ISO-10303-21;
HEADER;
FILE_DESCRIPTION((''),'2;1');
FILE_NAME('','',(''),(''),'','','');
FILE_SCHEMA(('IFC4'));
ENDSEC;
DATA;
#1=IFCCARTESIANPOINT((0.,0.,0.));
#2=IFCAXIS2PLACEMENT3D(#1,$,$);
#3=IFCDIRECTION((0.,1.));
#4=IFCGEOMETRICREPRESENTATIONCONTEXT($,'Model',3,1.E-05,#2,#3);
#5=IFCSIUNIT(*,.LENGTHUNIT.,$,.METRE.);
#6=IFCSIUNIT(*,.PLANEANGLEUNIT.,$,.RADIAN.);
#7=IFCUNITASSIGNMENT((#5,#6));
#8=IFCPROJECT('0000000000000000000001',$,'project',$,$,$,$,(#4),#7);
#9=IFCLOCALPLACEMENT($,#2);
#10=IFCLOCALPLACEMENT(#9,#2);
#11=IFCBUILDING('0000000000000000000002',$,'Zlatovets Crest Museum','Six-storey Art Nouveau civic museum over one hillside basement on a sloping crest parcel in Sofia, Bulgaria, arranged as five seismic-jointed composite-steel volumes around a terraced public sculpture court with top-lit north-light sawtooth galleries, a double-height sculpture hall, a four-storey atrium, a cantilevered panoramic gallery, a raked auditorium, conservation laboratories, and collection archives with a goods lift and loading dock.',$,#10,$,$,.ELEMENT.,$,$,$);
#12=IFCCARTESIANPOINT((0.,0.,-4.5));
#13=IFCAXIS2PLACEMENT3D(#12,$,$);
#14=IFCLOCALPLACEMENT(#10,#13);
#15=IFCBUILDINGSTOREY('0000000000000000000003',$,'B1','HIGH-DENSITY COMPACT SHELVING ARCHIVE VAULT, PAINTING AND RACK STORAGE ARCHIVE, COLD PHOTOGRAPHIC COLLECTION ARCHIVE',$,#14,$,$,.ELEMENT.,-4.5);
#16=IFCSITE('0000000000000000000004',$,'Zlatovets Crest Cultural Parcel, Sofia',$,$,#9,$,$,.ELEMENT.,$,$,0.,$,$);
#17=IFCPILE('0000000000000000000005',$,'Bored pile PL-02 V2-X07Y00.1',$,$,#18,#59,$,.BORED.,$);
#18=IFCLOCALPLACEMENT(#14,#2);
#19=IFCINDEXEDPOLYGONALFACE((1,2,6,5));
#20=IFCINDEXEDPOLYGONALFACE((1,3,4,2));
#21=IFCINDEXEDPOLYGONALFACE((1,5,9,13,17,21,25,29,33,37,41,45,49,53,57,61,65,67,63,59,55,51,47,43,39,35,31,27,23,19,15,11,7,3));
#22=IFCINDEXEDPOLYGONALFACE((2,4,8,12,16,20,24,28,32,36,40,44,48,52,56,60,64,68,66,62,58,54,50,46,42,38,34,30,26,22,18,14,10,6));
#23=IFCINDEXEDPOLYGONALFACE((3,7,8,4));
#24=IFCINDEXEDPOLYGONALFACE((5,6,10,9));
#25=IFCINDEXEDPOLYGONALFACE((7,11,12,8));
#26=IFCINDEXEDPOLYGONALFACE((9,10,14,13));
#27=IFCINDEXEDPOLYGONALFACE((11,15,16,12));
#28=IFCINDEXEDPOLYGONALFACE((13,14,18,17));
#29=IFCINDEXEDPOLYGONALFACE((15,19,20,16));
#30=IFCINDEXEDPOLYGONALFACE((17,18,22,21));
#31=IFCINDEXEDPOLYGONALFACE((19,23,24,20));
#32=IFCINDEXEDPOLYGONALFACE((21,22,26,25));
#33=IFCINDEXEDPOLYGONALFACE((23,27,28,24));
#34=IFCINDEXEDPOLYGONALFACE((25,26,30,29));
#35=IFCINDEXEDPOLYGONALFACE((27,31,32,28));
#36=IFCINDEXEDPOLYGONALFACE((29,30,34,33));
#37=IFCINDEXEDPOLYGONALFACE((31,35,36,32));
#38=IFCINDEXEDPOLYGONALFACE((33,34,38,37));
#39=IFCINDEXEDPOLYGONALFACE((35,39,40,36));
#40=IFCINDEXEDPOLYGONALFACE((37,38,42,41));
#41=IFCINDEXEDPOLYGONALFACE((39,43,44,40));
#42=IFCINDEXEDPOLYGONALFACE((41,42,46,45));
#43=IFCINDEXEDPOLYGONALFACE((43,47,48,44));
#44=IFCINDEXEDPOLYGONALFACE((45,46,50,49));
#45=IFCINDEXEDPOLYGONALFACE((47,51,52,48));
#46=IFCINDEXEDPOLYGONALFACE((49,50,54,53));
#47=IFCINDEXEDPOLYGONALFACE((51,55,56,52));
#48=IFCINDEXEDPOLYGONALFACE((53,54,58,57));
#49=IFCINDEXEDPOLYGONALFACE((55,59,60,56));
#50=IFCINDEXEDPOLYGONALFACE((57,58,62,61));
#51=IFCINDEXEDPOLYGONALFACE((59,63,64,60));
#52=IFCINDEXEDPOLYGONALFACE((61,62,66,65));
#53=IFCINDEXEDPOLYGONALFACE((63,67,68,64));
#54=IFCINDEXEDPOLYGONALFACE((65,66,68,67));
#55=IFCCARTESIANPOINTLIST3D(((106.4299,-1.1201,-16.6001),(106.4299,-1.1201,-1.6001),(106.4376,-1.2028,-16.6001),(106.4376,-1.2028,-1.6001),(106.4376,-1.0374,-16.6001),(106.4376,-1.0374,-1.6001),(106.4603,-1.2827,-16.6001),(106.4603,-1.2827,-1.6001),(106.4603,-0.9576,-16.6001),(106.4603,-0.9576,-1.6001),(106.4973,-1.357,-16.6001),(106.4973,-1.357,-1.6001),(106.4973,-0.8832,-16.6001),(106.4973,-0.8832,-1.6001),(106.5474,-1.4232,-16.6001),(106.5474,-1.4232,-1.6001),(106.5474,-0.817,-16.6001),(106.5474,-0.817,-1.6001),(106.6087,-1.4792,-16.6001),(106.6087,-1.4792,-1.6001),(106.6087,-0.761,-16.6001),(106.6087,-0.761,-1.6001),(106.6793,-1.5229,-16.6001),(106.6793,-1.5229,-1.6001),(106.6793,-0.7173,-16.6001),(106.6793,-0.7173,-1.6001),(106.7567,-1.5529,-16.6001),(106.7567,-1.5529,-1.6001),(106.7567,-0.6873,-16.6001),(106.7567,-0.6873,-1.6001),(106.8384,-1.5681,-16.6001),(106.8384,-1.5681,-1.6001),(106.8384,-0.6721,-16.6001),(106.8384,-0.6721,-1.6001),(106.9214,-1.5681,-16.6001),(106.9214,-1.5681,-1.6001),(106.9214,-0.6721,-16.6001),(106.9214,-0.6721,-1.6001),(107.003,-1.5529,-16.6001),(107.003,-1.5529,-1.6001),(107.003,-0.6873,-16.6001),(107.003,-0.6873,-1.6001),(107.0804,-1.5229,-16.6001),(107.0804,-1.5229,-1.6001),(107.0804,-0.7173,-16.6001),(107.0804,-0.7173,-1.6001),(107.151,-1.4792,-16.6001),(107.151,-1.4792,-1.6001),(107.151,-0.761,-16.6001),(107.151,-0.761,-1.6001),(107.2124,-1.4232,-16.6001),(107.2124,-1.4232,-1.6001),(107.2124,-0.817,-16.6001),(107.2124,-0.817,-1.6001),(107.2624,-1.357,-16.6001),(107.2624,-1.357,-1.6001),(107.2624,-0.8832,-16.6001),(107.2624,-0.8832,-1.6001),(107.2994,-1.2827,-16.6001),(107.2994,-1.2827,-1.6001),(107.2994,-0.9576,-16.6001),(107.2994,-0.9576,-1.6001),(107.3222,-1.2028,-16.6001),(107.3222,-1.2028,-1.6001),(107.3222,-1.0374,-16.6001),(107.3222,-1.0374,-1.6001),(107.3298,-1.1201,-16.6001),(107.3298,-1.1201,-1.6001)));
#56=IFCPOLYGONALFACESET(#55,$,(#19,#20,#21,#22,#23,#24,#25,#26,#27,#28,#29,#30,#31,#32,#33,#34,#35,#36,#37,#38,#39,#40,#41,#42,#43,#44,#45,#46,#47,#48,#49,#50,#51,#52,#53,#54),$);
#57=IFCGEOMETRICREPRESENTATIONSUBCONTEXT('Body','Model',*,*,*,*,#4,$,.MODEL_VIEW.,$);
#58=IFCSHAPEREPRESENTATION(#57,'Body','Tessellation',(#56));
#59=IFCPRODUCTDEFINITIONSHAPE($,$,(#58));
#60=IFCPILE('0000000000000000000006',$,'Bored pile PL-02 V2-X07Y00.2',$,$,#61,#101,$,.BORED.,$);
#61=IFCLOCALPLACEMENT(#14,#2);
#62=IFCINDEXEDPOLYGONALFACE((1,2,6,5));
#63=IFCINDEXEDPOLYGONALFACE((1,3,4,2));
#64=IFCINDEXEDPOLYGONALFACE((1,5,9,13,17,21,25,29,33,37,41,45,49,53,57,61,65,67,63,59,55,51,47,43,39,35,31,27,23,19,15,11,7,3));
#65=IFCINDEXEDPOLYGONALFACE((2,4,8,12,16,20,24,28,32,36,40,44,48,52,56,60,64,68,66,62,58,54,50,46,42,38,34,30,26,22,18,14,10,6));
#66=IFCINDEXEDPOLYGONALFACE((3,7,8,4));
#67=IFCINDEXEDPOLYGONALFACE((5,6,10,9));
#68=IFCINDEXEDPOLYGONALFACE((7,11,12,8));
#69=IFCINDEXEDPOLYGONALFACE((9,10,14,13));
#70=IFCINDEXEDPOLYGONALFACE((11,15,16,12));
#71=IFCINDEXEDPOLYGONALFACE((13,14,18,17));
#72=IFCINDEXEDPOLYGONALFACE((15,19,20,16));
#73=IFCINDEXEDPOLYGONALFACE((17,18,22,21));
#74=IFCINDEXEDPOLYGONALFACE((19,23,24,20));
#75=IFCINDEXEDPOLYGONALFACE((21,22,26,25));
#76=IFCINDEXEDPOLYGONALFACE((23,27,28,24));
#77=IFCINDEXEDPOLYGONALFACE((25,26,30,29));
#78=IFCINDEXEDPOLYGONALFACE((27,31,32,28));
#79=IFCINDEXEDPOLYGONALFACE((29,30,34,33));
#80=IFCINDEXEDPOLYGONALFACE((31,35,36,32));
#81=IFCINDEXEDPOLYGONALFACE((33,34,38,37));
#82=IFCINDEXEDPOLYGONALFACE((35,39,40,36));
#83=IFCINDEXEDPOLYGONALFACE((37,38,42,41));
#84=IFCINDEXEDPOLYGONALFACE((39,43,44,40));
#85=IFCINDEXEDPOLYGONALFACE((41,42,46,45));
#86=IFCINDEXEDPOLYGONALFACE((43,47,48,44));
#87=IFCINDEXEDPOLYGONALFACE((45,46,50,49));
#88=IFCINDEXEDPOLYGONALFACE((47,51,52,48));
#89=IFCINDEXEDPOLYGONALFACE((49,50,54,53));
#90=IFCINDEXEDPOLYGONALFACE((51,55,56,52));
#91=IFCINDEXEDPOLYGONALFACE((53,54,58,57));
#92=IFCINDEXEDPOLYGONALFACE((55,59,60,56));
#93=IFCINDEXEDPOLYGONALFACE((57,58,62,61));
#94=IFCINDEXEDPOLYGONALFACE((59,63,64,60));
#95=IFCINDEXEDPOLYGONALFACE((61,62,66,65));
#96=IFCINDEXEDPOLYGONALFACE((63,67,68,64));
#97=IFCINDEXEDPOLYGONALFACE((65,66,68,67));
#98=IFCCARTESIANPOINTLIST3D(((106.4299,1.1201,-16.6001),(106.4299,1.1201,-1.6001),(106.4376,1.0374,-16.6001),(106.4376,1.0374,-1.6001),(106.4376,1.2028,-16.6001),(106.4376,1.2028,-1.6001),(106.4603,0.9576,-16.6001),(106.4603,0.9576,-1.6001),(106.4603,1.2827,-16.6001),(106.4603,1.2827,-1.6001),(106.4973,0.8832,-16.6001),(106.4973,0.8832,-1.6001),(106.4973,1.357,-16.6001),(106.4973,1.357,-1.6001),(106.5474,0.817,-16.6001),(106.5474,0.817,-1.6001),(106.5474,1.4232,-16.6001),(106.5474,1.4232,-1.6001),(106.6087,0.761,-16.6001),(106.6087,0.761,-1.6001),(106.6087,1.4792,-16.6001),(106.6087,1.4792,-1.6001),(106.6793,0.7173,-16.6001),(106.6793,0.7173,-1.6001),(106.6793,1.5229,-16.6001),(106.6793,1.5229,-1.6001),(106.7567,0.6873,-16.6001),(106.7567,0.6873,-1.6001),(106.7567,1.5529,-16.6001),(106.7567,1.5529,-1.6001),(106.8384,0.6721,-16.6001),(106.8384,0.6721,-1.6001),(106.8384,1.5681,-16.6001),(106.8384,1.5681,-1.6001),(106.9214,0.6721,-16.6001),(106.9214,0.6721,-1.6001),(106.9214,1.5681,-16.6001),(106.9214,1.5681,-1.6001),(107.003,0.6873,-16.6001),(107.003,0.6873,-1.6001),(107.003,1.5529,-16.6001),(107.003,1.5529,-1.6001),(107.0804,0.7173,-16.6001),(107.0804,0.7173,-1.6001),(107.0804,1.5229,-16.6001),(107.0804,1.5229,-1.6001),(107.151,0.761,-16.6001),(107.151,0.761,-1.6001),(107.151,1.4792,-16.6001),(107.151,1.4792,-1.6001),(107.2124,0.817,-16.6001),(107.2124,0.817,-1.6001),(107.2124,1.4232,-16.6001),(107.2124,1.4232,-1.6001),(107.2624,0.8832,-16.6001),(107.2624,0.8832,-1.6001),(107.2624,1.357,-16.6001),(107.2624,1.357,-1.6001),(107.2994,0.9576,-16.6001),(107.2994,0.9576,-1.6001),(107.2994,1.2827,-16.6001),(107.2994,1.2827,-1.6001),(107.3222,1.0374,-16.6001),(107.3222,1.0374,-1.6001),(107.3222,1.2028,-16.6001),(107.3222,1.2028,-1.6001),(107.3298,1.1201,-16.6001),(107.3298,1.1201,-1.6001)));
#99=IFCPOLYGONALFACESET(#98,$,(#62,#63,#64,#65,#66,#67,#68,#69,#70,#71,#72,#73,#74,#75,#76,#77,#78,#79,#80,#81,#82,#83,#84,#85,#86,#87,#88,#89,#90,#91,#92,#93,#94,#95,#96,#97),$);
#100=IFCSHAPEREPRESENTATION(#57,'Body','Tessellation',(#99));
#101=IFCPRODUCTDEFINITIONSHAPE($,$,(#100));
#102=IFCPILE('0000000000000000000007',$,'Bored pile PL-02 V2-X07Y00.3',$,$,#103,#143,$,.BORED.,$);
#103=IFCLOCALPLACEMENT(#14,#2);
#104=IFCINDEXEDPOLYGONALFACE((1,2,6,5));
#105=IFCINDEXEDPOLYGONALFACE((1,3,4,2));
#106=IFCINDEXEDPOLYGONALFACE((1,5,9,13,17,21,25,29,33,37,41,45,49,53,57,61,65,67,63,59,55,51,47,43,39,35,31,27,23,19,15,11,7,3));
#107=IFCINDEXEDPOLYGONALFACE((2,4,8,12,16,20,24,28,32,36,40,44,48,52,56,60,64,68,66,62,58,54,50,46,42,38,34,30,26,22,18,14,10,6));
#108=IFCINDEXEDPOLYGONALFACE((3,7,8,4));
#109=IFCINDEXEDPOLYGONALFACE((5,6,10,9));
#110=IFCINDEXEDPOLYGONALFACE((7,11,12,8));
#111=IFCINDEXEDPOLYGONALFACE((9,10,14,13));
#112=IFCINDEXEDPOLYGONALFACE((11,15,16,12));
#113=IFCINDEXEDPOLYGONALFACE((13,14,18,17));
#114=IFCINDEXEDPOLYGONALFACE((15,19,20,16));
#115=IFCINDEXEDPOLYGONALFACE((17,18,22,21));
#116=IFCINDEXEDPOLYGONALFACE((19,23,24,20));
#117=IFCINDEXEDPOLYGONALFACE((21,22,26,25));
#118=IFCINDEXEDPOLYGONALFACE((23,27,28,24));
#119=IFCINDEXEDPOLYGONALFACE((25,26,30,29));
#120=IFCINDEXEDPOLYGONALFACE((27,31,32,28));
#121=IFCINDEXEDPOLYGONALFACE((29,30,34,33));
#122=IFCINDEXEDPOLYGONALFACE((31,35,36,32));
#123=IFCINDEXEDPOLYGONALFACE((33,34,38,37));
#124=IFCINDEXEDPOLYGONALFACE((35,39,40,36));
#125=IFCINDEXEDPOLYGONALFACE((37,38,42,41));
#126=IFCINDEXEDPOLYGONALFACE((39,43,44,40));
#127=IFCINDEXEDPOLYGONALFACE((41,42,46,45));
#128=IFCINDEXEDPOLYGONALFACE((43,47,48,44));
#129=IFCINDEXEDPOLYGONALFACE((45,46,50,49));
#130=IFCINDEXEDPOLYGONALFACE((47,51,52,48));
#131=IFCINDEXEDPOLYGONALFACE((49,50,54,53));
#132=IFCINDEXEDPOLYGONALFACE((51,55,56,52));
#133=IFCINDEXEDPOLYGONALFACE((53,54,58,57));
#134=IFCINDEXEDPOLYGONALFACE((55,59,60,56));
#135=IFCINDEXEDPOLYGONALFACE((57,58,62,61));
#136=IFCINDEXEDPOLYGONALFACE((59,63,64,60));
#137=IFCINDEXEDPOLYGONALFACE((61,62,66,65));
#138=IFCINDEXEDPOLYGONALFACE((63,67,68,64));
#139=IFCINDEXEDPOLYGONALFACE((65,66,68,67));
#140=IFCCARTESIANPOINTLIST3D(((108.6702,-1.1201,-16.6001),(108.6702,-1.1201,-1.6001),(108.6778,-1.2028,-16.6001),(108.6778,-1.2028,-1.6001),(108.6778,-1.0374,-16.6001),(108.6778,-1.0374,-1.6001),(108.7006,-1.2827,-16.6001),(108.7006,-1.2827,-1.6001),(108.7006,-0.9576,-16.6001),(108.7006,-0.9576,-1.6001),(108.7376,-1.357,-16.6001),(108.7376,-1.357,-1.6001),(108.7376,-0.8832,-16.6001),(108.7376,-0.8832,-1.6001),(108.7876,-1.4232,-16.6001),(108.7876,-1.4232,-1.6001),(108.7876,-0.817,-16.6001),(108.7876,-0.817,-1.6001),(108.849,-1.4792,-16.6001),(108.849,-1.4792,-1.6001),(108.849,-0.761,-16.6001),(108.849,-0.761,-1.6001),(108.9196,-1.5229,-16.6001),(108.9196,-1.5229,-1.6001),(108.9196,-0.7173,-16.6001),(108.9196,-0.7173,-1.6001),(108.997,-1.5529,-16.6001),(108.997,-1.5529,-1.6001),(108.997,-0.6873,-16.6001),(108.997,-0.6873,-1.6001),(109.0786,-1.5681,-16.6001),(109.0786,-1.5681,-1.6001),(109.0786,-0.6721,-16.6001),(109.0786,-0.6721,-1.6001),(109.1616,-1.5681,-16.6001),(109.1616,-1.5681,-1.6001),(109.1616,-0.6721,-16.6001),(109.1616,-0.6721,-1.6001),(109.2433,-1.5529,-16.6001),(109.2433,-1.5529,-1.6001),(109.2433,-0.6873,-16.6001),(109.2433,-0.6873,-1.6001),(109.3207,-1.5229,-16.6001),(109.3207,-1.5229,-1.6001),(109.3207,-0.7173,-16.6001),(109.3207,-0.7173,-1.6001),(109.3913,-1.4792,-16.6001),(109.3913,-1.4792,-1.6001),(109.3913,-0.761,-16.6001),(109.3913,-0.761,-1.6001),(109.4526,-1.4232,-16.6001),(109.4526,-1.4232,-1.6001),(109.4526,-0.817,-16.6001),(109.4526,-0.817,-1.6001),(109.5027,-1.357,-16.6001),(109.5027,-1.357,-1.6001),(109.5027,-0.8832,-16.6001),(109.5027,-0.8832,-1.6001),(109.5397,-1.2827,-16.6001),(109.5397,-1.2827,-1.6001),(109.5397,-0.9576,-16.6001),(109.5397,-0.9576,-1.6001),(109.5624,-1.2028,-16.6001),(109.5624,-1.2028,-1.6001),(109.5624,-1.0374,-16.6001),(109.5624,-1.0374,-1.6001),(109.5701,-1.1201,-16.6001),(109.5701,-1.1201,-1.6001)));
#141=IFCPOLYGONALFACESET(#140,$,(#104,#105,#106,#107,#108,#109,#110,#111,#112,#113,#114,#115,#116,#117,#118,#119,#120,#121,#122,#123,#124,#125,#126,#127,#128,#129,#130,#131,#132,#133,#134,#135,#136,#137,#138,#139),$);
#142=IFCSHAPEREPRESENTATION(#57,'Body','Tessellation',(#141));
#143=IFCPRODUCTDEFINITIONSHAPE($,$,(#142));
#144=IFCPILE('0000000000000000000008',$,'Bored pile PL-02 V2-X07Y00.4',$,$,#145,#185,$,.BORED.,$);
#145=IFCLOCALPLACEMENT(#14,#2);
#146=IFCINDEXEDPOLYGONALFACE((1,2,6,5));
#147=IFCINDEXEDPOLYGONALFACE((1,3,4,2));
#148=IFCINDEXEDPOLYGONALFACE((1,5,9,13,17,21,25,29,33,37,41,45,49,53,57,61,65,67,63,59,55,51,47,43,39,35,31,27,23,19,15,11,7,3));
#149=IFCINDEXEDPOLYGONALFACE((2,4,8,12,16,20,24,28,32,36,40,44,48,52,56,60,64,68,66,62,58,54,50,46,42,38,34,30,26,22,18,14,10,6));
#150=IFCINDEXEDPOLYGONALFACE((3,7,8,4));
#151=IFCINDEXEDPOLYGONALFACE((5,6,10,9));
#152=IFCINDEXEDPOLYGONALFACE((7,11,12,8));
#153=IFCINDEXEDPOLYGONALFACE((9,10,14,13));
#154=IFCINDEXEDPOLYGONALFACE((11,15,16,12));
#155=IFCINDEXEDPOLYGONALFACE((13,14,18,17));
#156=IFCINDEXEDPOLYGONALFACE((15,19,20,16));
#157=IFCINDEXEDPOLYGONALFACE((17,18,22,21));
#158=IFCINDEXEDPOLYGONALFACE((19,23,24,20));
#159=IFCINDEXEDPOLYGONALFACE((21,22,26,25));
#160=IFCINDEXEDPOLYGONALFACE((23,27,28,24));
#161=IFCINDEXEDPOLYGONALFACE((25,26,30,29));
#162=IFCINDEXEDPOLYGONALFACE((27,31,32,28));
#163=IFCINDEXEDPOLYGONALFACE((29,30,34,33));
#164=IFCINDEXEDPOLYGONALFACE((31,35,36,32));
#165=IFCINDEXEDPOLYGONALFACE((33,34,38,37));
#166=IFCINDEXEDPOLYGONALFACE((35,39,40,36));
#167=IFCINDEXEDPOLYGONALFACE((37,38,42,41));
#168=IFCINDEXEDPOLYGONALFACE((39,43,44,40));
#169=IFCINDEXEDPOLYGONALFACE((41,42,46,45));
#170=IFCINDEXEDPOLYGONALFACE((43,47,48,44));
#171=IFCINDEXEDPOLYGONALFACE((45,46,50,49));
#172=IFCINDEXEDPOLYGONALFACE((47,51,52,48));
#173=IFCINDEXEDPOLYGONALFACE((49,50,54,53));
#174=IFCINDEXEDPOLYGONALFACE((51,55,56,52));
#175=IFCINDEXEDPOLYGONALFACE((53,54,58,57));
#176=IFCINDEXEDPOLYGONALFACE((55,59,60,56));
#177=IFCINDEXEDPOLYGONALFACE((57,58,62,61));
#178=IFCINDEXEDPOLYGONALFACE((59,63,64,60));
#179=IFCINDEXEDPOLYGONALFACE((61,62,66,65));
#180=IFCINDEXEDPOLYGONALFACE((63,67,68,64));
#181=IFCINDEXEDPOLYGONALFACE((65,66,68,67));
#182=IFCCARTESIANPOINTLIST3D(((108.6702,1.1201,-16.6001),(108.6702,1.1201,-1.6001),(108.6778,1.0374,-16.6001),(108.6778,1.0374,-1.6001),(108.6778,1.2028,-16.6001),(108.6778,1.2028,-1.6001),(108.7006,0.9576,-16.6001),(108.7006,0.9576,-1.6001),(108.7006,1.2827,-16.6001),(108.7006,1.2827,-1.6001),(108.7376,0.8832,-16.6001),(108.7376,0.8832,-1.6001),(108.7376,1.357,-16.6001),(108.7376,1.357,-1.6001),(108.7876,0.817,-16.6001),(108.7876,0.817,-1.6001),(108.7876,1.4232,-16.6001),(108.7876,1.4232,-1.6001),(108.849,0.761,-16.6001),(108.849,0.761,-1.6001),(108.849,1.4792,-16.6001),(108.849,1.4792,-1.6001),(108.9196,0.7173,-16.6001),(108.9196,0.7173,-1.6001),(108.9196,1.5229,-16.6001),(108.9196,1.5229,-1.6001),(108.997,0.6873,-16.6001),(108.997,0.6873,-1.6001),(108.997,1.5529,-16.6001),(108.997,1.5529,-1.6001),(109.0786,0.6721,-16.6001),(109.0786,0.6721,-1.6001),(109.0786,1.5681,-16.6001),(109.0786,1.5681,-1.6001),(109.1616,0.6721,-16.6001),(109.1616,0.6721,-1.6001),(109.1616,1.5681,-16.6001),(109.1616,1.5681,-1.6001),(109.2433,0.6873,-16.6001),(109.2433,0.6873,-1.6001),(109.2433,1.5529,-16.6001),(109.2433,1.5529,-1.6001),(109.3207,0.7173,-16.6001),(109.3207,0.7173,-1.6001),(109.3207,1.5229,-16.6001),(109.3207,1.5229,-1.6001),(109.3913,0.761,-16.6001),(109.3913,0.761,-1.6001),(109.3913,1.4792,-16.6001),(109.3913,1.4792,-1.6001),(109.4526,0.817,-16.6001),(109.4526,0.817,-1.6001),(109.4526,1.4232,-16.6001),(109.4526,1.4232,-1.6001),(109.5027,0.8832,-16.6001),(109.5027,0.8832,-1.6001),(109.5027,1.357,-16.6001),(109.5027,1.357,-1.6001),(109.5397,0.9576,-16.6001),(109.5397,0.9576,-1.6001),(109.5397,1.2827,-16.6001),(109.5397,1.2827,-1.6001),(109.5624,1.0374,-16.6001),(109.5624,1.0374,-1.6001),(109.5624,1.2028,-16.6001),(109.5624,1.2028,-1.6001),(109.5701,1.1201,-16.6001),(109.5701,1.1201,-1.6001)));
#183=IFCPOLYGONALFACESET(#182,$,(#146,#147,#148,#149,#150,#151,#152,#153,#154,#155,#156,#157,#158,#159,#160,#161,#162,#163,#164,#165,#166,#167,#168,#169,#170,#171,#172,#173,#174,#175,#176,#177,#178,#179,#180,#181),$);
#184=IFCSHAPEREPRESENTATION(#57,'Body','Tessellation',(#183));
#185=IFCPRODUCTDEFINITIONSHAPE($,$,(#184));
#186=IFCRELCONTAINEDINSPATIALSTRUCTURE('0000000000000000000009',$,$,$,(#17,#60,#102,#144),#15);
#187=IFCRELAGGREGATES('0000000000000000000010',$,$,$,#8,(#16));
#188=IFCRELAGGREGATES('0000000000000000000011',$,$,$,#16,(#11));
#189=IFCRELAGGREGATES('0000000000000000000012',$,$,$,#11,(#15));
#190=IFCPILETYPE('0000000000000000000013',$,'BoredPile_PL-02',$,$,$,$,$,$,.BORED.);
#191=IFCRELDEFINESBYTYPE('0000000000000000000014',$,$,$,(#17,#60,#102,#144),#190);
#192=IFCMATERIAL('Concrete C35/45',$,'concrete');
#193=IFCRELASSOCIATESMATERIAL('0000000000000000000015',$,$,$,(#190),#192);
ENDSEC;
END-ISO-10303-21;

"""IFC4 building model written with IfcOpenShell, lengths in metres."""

from ifc_helpers import new_model, si_unit, direction, frame, origin, origin_2d, place, context, subcontext, project, spatial, circle, extrude, material, material_profile, profile_set, type_object, element, save


model = new_model("IFC4")

# Units and contexts
model_context = context("Model", 3, precision=1e-05, world=origin(), true_north=direction((0.0, 1.0)))
body_context = subcontext(model_context, "Body", "Model", "MODEL_VIEW")
ifc_project = project(units=[si_unit("LENGTHUNIT", "METRE"), si_unit("PLANEANGLEUNIT", "RADIAN")], contexts=[model_context])

# Site, building, storey
site_placement = place(None, origin())
site = spatial("IfcSite", under=ifc_project, at=site_placement, Name="Zlatovets Crest Cultural Parcel, Sofia", CompositionType="ELEMENT", RefElevation=0.0)
building_placement = place(site_placement, origin())
building = spatial("IfcBuilding", under=site, at=building_placement, Name="Zlatovets Crest Museum", Description="Six-storey Art Nouveau civic museum over one hillside basement on a sloping crest parcel in Sofia, Bulgaria, arranged as five seismic-jointed composite-steel volumes around a terraced public sculpture court with top-lit north-light sawtooth galleries, a double-height sculpture hall, a four-storey atrium, a cantilevered panoramic gallery, a raked auditorium, conservation laboratories, and collection archives with a goods lift and loading dock.", CompositionType="ELEMENT")
storey_placement = place(building_placement, frame((0.0, 0.0, -4.5)))
storey = spatial("IfcBuildingStorey", under=building, at=storey_placement, Name="B1", Description="HIGH-DENSITY COMPACT SHELVING ARCHIVE VAULT, PAINTING AND RACK STORAGE ARCHIVE, COLD PHOTOGRAPHIC COLLECTION ARCHIVE", CompositionType="ELEMENT", Elevation=-4.5)

# Piles
ifc_material_1 = material(Name="Concrete C35/45", Category="concrete")
ifc_material_profile_1 = material_profile(ifc_material_1, circle(Radius=0.45, at=origin_2d()), Name="PILE D900")
ifc_profile_set_1 = profile_set([ifc_material_profile_1], Name="Concrete C35/45")
pile_type_1 = type_object("IfcPileType", Name="BoredPile_PL-02", PredefinedType="BORED", material=ifc_profile_set_1)
for number, where, z_axis, x_axis, name in (
    (1, (106.8799, -1.1201, -1.6001), (0.0, 0.0, -1.0), (1.0, 0.0, 0.0), "Bored pile PL-02 V2-X07Y00.1"),
    (2, (106.8799, 1.1201, -1.6001), (0.0, 0.0, -1.0), (1.0, 0.0, 0.0), "Bored pile PL-02 V2-X07Y00.2"),
    (3, (109.1201, -1.1201, -1.6001), (0.0, 0.0, -1.0), (1.0, 0.0, 0.0), "Bored pile PL-02 V2-X07Y00.3"),
    (4, (109.1201, 1.1201, -1.6001), (0.0, 0.0, -1.0), (1.0, 0.0, 0.0), "Bored pile PL-02 V2-X07Y00.4"),
):
    element("IfcPile", number, at=place(storey_placement, frame(where, z_axis=z_axis, x_axis=x_axis)), inside=storey, type_object=pile_type_1, Name=name, PredefinedType="BORED", context=body_context, shape_type="SweptSolid", body=[
        extrude(circle(Radius=0.45, at=origin_2d()), origin(), (0.0, 0.0, 1.0), 15.0),
    ])

save(model, "model.ifc")
